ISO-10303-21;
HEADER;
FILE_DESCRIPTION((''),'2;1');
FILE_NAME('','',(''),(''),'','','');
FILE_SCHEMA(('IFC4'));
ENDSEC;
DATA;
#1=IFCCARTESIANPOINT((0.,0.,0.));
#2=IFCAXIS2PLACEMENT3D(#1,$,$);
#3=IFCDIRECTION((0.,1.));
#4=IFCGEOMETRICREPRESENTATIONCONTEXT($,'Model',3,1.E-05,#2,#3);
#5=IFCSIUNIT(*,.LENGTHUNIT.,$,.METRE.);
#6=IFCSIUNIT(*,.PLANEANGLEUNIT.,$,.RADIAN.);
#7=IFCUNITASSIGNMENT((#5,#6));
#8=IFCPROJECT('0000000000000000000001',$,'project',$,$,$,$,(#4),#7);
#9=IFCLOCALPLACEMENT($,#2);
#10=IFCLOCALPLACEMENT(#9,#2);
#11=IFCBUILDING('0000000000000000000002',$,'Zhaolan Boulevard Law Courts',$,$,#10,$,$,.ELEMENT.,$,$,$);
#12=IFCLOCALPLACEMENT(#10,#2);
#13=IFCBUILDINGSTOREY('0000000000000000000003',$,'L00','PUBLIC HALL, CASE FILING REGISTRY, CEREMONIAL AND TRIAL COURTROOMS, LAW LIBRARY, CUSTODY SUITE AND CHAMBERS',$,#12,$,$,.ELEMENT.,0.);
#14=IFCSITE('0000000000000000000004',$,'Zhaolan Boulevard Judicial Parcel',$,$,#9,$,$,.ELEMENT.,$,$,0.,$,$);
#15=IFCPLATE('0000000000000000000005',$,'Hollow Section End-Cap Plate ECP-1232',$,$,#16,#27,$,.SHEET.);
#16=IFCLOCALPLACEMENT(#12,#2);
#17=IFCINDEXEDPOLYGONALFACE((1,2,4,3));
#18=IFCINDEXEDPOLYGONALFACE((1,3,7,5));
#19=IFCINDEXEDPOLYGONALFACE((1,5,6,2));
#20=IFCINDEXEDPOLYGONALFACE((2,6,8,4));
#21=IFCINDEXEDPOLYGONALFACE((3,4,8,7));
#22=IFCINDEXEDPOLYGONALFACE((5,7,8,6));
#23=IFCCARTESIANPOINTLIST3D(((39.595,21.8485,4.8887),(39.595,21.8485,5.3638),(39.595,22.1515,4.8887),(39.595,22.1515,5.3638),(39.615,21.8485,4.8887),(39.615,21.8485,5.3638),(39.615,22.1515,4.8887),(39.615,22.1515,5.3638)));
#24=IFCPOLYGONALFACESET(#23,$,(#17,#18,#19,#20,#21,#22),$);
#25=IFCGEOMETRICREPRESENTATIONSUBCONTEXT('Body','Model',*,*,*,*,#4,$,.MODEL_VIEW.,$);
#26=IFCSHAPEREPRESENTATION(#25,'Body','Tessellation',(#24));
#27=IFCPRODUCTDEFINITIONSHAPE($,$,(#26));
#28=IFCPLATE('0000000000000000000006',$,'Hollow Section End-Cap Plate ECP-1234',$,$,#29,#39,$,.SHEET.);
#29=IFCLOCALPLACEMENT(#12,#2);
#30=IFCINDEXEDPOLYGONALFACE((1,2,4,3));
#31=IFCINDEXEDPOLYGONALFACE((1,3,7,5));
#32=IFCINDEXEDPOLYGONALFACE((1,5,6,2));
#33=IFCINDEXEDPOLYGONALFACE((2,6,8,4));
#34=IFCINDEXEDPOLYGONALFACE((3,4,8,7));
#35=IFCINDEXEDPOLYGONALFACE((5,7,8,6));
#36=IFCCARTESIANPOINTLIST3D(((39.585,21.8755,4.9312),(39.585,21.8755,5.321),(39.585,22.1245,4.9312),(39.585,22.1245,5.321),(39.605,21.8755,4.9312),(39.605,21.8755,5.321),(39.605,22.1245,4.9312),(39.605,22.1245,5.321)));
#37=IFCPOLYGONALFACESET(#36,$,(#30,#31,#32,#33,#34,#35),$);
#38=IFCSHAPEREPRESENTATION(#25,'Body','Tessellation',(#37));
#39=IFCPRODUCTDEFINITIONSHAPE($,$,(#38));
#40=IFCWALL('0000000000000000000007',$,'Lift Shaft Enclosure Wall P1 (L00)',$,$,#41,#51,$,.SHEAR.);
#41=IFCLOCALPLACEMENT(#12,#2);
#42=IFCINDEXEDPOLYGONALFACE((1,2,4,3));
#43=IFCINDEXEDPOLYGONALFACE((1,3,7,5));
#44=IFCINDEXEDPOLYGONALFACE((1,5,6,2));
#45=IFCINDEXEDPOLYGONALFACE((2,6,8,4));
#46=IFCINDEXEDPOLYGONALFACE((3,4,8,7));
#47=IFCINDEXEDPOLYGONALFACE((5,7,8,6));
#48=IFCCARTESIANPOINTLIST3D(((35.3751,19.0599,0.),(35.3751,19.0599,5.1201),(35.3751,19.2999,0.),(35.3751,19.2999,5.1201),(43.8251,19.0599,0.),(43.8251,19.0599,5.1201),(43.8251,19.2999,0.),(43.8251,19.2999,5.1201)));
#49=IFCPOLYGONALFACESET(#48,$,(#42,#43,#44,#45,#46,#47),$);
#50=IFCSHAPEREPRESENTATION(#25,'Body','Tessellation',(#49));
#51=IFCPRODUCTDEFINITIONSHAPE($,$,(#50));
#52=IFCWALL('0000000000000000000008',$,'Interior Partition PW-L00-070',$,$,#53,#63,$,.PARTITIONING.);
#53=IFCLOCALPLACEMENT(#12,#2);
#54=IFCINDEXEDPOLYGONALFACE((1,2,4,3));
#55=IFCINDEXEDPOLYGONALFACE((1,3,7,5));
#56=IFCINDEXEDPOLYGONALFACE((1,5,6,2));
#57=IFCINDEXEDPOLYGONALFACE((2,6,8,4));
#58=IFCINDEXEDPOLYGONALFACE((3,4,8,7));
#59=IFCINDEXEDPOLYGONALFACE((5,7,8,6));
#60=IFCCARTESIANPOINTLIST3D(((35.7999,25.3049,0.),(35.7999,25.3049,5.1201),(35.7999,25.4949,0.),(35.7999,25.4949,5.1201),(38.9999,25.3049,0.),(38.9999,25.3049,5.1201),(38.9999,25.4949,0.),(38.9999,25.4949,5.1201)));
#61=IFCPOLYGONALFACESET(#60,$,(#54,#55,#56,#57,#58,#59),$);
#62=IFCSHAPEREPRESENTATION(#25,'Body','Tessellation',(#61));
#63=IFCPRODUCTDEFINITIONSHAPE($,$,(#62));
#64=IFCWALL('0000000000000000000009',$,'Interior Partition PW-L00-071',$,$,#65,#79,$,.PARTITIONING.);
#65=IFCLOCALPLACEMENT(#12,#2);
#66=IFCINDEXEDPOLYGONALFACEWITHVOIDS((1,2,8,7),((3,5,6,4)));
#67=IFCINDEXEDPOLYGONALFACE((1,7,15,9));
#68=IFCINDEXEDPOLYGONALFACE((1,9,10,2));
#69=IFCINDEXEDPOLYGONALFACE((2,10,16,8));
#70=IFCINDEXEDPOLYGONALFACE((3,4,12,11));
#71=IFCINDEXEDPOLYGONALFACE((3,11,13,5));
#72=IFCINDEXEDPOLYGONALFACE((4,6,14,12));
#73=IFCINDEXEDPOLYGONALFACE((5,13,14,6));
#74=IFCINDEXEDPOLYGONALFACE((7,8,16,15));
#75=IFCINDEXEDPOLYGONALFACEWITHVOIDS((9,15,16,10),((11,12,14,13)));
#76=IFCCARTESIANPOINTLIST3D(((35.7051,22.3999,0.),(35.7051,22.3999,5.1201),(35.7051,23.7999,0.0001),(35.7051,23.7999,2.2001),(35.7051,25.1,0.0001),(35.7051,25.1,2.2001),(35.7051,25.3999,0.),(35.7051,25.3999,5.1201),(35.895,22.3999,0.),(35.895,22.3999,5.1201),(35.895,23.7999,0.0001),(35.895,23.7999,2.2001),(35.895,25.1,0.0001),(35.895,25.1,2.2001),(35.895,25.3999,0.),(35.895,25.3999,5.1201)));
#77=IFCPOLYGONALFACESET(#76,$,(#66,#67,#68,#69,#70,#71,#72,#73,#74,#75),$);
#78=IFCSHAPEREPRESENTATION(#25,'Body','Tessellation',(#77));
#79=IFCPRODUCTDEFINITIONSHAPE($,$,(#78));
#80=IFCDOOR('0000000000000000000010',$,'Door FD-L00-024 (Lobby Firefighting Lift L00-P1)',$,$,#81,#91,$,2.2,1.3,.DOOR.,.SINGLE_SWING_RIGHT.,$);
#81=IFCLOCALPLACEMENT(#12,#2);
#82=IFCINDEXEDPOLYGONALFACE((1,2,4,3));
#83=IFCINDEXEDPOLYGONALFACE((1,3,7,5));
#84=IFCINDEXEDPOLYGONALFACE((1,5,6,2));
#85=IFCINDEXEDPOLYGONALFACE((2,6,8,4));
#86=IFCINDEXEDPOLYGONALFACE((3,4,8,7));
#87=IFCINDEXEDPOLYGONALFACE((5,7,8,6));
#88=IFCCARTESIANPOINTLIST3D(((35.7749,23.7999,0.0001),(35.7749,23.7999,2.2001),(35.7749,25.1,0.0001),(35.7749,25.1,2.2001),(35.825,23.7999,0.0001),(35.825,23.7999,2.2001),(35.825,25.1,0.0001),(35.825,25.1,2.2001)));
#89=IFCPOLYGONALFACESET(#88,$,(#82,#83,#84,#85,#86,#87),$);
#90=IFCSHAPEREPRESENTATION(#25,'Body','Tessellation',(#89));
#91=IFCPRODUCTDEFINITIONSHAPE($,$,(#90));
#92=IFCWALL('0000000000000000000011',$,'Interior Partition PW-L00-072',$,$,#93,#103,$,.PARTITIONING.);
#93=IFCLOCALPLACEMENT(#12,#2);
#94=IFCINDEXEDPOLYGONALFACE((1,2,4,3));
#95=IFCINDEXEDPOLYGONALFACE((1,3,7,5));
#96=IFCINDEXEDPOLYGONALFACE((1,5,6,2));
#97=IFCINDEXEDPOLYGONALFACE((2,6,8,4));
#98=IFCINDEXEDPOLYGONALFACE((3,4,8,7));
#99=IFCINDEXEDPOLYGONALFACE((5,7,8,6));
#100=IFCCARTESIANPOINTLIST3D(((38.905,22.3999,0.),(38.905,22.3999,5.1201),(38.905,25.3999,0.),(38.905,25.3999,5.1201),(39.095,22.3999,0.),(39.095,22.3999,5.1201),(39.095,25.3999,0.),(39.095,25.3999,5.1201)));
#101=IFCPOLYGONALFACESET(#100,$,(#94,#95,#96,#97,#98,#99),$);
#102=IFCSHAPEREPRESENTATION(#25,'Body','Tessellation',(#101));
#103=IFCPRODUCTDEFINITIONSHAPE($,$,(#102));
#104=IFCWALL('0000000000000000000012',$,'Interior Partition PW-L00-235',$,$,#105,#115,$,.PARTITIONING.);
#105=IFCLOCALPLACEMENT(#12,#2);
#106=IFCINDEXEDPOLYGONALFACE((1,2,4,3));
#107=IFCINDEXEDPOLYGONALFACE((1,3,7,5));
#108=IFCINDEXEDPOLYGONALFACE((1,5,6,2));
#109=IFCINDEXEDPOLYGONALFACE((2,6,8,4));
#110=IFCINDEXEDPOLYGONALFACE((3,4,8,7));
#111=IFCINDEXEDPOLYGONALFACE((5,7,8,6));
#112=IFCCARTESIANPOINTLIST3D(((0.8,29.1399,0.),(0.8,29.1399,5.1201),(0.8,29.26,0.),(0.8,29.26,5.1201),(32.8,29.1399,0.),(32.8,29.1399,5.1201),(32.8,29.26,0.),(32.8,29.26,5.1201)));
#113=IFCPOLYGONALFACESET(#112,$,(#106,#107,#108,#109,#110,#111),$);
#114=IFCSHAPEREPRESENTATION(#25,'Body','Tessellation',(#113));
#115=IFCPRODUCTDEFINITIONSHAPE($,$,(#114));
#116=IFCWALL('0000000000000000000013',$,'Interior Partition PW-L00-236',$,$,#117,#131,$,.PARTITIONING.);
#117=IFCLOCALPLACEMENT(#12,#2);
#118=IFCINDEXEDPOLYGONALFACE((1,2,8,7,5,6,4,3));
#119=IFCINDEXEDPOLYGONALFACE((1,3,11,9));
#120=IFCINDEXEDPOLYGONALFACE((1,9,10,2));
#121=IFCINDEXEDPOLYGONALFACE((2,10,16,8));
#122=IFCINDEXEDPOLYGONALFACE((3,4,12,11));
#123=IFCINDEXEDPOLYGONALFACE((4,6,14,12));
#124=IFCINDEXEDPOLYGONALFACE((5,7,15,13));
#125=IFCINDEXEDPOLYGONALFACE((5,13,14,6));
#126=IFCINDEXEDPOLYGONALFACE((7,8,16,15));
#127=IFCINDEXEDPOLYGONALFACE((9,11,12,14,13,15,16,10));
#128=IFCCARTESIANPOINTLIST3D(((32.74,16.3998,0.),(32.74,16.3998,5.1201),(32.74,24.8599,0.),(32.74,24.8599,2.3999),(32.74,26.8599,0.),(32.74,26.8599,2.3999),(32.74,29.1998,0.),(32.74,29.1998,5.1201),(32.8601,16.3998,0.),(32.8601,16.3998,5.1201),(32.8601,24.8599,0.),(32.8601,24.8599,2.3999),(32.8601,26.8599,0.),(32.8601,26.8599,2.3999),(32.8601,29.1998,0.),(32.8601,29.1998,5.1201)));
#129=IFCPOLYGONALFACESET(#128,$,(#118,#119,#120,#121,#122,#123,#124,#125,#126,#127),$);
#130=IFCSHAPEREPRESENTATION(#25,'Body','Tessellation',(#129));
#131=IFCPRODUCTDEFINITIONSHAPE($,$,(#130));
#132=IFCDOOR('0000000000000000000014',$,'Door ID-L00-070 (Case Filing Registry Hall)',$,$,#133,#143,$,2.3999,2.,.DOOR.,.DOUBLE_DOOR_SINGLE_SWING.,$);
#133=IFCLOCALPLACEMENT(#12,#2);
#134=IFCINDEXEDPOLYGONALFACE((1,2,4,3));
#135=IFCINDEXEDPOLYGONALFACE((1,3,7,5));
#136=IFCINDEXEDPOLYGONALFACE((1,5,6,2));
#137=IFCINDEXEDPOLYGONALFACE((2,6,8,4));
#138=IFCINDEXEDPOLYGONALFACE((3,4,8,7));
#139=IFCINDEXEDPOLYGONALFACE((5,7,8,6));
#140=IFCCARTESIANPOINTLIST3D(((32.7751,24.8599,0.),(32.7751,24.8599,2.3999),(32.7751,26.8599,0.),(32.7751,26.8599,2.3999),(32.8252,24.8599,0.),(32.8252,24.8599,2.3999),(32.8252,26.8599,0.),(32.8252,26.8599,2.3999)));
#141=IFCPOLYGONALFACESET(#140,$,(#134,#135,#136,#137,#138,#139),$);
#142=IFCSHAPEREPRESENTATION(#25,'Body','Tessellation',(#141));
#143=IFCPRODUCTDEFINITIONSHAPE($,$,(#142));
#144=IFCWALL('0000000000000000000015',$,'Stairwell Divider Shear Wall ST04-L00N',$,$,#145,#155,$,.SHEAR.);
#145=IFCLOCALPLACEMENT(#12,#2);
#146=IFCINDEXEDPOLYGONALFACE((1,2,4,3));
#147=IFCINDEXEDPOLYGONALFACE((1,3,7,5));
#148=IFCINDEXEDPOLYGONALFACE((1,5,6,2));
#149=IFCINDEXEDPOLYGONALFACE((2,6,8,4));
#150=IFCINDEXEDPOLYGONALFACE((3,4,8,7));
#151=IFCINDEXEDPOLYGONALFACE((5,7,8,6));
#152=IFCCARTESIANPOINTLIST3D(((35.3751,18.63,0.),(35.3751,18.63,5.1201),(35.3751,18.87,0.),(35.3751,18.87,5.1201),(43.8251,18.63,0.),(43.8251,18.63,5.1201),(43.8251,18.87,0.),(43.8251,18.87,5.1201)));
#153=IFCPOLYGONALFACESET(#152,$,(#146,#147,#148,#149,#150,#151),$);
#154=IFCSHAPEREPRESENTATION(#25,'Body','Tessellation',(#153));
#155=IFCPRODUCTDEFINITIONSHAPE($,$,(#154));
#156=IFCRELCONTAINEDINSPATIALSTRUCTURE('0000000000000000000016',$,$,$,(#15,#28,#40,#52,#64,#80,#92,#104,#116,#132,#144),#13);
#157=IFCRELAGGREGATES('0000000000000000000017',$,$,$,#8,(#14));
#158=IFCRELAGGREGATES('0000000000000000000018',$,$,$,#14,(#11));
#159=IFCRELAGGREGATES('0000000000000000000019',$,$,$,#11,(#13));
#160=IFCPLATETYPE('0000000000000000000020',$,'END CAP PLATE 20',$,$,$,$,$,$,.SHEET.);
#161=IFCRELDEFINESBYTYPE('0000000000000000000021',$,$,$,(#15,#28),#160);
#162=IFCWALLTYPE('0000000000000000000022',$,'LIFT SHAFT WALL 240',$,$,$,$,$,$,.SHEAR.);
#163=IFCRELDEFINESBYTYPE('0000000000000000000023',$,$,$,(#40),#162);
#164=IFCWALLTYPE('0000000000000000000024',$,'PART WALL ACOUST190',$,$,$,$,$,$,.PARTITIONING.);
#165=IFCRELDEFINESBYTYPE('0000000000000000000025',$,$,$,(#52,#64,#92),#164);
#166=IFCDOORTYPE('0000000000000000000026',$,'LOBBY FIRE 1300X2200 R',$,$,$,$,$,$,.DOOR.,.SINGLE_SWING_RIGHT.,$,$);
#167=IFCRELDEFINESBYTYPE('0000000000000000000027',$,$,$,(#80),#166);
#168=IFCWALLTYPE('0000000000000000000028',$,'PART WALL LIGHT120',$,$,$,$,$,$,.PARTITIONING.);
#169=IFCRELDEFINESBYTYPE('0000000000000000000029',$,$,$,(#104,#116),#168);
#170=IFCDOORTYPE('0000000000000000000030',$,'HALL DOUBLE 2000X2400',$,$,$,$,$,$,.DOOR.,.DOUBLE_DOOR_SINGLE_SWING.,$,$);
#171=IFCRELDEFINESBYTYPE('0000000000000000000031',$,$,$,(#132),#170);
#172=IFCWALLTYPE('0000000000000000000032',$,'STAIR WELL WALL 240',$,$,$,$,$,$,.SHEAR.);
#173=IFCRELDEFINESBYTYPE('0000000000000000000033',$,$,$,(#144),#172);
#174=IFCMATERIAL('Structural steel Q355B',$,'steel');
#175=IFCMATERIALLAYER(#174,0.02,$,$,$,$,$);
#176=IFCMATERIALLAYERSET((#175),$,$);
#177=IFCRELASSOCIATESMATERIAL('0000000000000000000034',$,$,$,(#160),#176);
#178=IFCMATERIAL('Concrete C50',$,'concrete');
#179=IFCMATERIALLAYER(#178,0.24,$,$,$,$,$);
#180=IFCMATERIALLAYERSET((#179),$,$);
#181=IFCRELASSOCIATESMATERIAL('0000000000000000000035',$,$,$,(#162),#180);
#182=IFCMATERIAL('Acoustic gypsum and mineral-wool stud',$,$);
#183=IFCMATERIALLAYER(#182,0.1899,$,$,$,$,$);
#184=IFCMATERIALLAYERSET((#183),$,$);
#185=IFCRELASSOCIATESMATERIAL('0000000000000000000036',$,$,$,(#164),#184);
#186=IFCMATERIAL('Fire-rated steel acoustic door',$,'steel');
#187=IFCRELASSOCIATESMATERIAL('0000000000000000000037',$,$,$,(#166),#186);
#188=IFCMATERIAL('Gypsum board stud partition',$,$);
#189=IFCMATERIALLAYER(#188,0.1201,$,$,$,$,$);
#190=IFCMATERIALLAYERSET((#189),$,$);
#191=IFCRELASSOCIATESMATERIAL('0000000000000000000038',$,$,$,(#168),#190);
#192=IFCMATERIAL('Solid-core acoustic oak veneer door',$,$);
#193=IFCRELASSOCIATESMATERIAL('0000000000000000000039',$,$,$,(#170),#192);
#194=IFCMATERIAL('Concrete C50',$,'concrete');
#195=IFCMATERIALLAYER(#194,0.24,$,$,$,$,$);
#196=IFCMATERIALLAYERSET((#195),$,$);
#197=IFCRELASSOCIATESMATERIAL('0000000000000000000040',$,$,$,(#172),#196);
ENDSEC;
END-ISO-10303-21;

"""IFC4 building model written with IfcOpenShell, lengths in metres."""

from ifc_helpers import new_model, si_unit, direction, frame, frame_2d, origin, origin_2d, place, context, subcontext, project, spatial, rectangle, extrude, material, layer, layer_set, type_object, element, fill, save


model = new_model("IFC4")

# Units and contexts
model_context = context("Model", 3, precision=1e-05, world=origin(), true_north=direction((0.0, 1.0)))
body_context = subcontext(model_context, "Body", "Model", "MODEL_VIEW")
ifc_project = project(units=[si_unit("LENGTHUNIT", "METRE"), si_unit("PLANEANGLEUNIT", "RADIAN")], contexts=[model_context])

# Site, building, storey
site_placement = place(None, origin())
site = spatial("IfcSite", under=ifc_project, at=site_placement, Name="Zhaolan Boulevard Judicial Parcel", CompositionType="ELEMENT", RefElevation=0.0)
building_placement = place(site_placement, origin())
building = spatial("IfcBuilding", under=site, at=building_placement, Name="Zhaolan Boulevard Law Courts", CompositionType="ELEMENT")
storey_placement = place(building_placement, origin())
storey = spatial("IfcBuildingStorey", under=building, at=storey_placement, Name="L00", Description="PUBLIC HALL, CASE FILING REGISTRY, CEREMONIAL AND TRIAL COURTROOMS, LAW LIBRARY, CUSTODY SUITE AND CHAMBERS", CompositionType="ELEMENT", Elevation=0.0)

# Plates
ifc_material_1 = material(Name="Structural steel Q355B", Category="steel")
ifc_layer_1 = layer(ifc_material_1, 0.02)
ifc_layer_set_1 = layer_set([ifc_layer_1])
plate_type_1 = type_object("IfcPlateType", Name="END CAP PLATE 20", PredefinedType="SHEET", material=ifc_layer_set_1)
for number, where, z_axis, x_axis, name in (
    (1, (39.605, 22.0, 4.8887), (0.0, 0.0, 1.0), (1.0, 0.0, 0.0), "Hollow Section End-Cap Plate ECP-1232"),
):
    element("IfcPlate", number, at=place(storey_placement, frame(where, z_axis=z_axis, x_axis=x_axis)), inside=storey, type_object=plate_type_1, Name=name, PredefinedType="SHEET", context=body_context, shape_type="SweptSolid", body=[
        extrude(rectangle(XDim=0.02, YDim=0.303, at=origin_2d()), origin(), (0.0, 0.0, 1.0), 0.4751),
    ])
plate_placement = place(storey_placement, frame((39.595, 22.0, 4.9312), z_axis=(0.0, 0.0, 1.0), x_axis=(-1.0, 0.0, 0.0)))
element("IfcPlate", 2, at=plate_placement, inside=storey, type_object=plate_type_1, Name="Hollow Section End-Cap Plate ECP-1234", PredefinedType="SHEET", context=body_context, shape_type="SweptSolid", body=[
    extrude(rectangle(XDim=0.02, YDim=0.249, at=origin_2d()), origin(), (0.0, 0.0, 1.0), 0.3899),
])

# Walls
ifc_material_2 = material(Name="Concrete C50", Category="concrete")
ifc_layer_2 = layer(ifc_material_2, 0.24)
ifc_layer_set_2 = layer_set([ifc_layer_2])
wall_type_1 = type_object("IfcWallType", Name="LIFT SHAFT WALL 240", PredefinedType="SHEAR", material=ifc_layer_set_2)
wall_1_placement = place(storey_placement, frame((35.375, 19.1799, 0.0), z_axis=(0.0, 0.0, 1.0), x_axis=(1.0, 0.0, 0.0)))
element("IfcWall", 3, at=wall_1_placement, inside=storey, type_object=wall_type_1, Name="Lift Shaft Enclosure Wall P1 (L00)", PredefinedType="SHEAR", context=body_context, shape_type="SweptSolid", body=[
    extrude(rectangle(XDim=8.45, YDim=0.24, at=frame_2d((4.2251, 0.0))), origin(), (0.0, 0.0, 1.0), 5.1201),
])
ifc_material_3 = material(Name="Acoustic gypsum and mineral-wool stud")
ifc_layer_3 = layer(ifc_material_3, 0.1899)
ifc_layer_set_3 = layer_set([ifc_layer_3])
wall_type_2 = type_object("IfcWallType", Name="PART WALL ACOUST190", PredefinedType="PARTITIONING", material=ifc_layer_set_3)
wall_2_placement = place(storey_placement, frame((39.0, 25.3999, 0.0), z_axis=(0.0, 0.0, 1.0), x_axis=(-1.0, 0.0, 0.0)))
element("IfcWall", 4, at=wall_2_placement, inside=storey, type_object=wall_type_2, Name="Interior Partition PW-L00-070", PredefinedType="PARTITIONING", context=body_context, shape_type="SweptSolid", body=[
    extrude(rectangle(XDim=3.2, YDim=0.1899, at=frame_2d((1.6001, 0.0))), origin(), (0.0, 0.0, 1.0), 5.1201),
])

# Wall, opening, door
wall_3_placement = place(storey_placement, frame((35.8, 25.3999, 0.0), z_axis=(0.0, 0.0, 1.0), x_axis=(0.0, -1.0, 0.0)))
wall_3 = element("IfcWall", 5, at=wall_3_placement, inside=storey, type_object=wall_type_2, Name="Interior Partition PW-L00-071", PredefinedType="PARTITIONING", context=body_context, shape_type="SweptSolid", body=[
    extrude(rectangle(XDim=3.0, YDim=0.1899, at=frame_2d((1.5, 0.0))), origin(), (0.0, 0.0, 1.0), 5.1201),
])
opening_1_placement = place(wall_3_placement, frame((0.3, 0.0, 0.0)))
opening_1 = element("IfcOpeningElement", 6, at=opening_1_placement, cuts=wall_3, PredefinedType="OPENING", context=body_context, shape_type="SweptSolid", body=[
    extrude(rectangle(XDim=1.3, YDim=2.2, at=frame_2d((0.6499, 1.1001))), frame((0.0, 0.105, 0.0), z_axis=(0.0, -1.0, 0.0), x_axis=(1.0, 0.0, 0.0)), (0.0, 0.0, 1.0), 0.21),
])
ifc_material_4 = material(Name="Fire-rated steel acoustic door", Category="steel")
door_type_1 = type_object("IfcDoorType", Name="LOBBY FIRE 1300X2200 R", OperationType="SINGLE_SWING_RIGHT", PredefinedType="DOOR", material=ifc_material_4)
door_1_placement = place(opening_1_placement, origin())
door_1 = element("IfcDoor", 7, at=door_1_placement, inside=storey, type_object=door_type_1, Name="Door FD-L00-024 (Lobby Firefighting Lift L00-P1)", OperationType="SINGLE_SWING_RIGHT", OverallHeight=2.2, OverallWidth=1.3, PredefinedType="DOOR", context=body_context, shape_type="SweptSolid", body=[
    extrude(rectangle(XDim=1.3, YDim=2.2, at=frame_2d((0.6499, 1.1001))), frame((0.0, 0.0249, 0.0), z_axis=(0.0, -1.0, 0.0), x_axis=(1.0, 0.0, 0.0)), (0.0, 0.0, 1.0), 0.05),
])
fill(opening_1, door_1)

# Walls
wall_4_placement = place(storey_placement, frame((39.0, 22.3999, 0.0), z_axis=(0.0, 0.0, 1.0), x_axis=(0.0, 1.0, 0.0)))
element("IfcWall", 8, at=wall_4_placement, inside=storey, type_object=wall_type_2, Name="Interior Partition PW-L00-072", PredefinedType="PARTITIONING", context=body_context, shape_type="SweptSolid", body=[
    extrude(rectangle(XDim=3.0, YDim=0.1899, at=frame_2d((1.5, 0.0))), origin(), (0.0, 0.0, 1.0), 5.1201),
])
ifc_material_5 = material(Name="Gypsum board stud partition")
ifc_layer_4 = layer(ifc_material_5, 0.1201)
ifc_layer_set_4 = layer_set([ifc_layer_4])
wall_type_3 = type_object("IfcWallType", Name="PART WALL LIGHT120", PredefinedType="PARTITIONING", material=ifc_layer_set_4)
wall_5_placement = place(storey_placement, frame((32.8, 29.2, 0.0), z_axis=(0.0, 0.0, 1.0), x_axis=(-1.0, 0.0, 0.0)))
element("IfcWall", 9, at=wall_5_placement, inside=storey, type_object=wall_type_3, Name="Interior Partition PW-L00-235", PredefinedType="PARTITIONING", context=body_context, shape_type="SweptSolid", body=[
    extrude(rectangle(XDim=32.0, YDim=0.1201, at=frame_2d((16.0, 0.0))), origin(), (0.0, 0.0, 1.0), 5.1201),
])

# Wall, opening, door
wall_6_placement = place(storey_placement, frame((32.8, 16.3999, 0.0), z_axis=(0.0, 0.0, 1.0), x_axis=(0.0, 1.0, 0.0)))
wall_6 = element("IfcWall", 10, at=wall_6_placement, inside=storey, type_object=wall_type_3, Name="Interior Partition PW-L00-236", PredefinedType="PARTITIONING", context=body_context, shape_type="SweptSolid", body=[
    extrude(rectangle(XDim=12.8, YDim=0.1201, at=frame_2d((6.3999, 0.0))), origin(), (0.0, 0.0, 1.0), 5.1201),
])
opening_2_placement = place(wall_6_placement, frame((8.46, 0.0, 0.0)))
opening_2 = element("IfcOpeningElement", 11, at=opening_2_placement, cuts=wall_6, PredefinedType="OPENING", context=body_context, shape_type="SweptSolid", body=[
    extrude(rectangle(XDim=2.0, YDim=2.3999, at=frame_2d((1.0, 1.2))), frame((0.0, 0.0701, 0.0), z_axis=(0.0, -1.0, 0.0), x_axis=(1.0, 0.0, 0.0)), (0.0, 0.0, 1.0), 0.1401),
])
ifc_material_6 = material(Name="Solid-core acoustic oak veneer door")
door_type_2 = type_object("IfcDoorType", Name="HALL DOUBLE 2000X2400", OperationType="DOUBLE_DOOR_SINGLE_SWING", PredefinedType="DOOR", material=ifc_material_6)
door_2_placement = place(opening_2_placement, origin())
door_2 = element("IfcDoor", 12, at=door_2_placement, inside=storey, type_object=door_type_2, Name="Door ID-L00-070 (Case Filing Registry Hall)", OperationType="DOUBLE_DOOR_SINGLE_SWING", OverallHeight=2.3999, OverallWidth=2.0, PredefinedType="DOOR", context=body_context, shape_type="SweptSolid", body=[
    extrude(rectangle(XDim=2.0, YDim=2.3999, at=frame_2d((1.0, 1.2))), frame((0.0, 0.0249, 0.0), z_axis=(0.0, -1.0, 0.0), x_axis=(1.0, 0.0, 0.0)), (0.0, 0.0, 1.0), 0.05),
])
fill(opening_2, door_2)

# Wall
ifc_material_7 = material(Name="Concrete C50", Category="concrete")
ifc_layer_5 = layer(ifc_material_7, 0.24)
ifc_layer_set_5 = layer_set([ifc_layer_5])
wall_type_4 = type_object("IfcWallType", Name="STAIR WELL WALL 240", PredefinedType="SHEAR", material=ifc_layer_set_5)
wall_7_placement = place(storey_placement, frame((35.375, 18.75, 0.0), z_axis=(0.0, 0.0, 1.0), x_axis=(1.0, 0.0, 0.0)))
element("IfcWall", 13, at=wall_7_placement, inside=storey, type_object=wall_type_4, Name="Stairwell Divider Shear Wall ST04-L00N", PredefinedType="SHEAR", context=body_context, shape_type="SweptSolid", body=[
    extrude(rectangle(XDim=8.45, YDim=0.24, at=frame_2d((4.2251, 0.0))), origin(), (0.0, 0.0, 1.0), 5.1201),
])

save(model, "model.ifc")
